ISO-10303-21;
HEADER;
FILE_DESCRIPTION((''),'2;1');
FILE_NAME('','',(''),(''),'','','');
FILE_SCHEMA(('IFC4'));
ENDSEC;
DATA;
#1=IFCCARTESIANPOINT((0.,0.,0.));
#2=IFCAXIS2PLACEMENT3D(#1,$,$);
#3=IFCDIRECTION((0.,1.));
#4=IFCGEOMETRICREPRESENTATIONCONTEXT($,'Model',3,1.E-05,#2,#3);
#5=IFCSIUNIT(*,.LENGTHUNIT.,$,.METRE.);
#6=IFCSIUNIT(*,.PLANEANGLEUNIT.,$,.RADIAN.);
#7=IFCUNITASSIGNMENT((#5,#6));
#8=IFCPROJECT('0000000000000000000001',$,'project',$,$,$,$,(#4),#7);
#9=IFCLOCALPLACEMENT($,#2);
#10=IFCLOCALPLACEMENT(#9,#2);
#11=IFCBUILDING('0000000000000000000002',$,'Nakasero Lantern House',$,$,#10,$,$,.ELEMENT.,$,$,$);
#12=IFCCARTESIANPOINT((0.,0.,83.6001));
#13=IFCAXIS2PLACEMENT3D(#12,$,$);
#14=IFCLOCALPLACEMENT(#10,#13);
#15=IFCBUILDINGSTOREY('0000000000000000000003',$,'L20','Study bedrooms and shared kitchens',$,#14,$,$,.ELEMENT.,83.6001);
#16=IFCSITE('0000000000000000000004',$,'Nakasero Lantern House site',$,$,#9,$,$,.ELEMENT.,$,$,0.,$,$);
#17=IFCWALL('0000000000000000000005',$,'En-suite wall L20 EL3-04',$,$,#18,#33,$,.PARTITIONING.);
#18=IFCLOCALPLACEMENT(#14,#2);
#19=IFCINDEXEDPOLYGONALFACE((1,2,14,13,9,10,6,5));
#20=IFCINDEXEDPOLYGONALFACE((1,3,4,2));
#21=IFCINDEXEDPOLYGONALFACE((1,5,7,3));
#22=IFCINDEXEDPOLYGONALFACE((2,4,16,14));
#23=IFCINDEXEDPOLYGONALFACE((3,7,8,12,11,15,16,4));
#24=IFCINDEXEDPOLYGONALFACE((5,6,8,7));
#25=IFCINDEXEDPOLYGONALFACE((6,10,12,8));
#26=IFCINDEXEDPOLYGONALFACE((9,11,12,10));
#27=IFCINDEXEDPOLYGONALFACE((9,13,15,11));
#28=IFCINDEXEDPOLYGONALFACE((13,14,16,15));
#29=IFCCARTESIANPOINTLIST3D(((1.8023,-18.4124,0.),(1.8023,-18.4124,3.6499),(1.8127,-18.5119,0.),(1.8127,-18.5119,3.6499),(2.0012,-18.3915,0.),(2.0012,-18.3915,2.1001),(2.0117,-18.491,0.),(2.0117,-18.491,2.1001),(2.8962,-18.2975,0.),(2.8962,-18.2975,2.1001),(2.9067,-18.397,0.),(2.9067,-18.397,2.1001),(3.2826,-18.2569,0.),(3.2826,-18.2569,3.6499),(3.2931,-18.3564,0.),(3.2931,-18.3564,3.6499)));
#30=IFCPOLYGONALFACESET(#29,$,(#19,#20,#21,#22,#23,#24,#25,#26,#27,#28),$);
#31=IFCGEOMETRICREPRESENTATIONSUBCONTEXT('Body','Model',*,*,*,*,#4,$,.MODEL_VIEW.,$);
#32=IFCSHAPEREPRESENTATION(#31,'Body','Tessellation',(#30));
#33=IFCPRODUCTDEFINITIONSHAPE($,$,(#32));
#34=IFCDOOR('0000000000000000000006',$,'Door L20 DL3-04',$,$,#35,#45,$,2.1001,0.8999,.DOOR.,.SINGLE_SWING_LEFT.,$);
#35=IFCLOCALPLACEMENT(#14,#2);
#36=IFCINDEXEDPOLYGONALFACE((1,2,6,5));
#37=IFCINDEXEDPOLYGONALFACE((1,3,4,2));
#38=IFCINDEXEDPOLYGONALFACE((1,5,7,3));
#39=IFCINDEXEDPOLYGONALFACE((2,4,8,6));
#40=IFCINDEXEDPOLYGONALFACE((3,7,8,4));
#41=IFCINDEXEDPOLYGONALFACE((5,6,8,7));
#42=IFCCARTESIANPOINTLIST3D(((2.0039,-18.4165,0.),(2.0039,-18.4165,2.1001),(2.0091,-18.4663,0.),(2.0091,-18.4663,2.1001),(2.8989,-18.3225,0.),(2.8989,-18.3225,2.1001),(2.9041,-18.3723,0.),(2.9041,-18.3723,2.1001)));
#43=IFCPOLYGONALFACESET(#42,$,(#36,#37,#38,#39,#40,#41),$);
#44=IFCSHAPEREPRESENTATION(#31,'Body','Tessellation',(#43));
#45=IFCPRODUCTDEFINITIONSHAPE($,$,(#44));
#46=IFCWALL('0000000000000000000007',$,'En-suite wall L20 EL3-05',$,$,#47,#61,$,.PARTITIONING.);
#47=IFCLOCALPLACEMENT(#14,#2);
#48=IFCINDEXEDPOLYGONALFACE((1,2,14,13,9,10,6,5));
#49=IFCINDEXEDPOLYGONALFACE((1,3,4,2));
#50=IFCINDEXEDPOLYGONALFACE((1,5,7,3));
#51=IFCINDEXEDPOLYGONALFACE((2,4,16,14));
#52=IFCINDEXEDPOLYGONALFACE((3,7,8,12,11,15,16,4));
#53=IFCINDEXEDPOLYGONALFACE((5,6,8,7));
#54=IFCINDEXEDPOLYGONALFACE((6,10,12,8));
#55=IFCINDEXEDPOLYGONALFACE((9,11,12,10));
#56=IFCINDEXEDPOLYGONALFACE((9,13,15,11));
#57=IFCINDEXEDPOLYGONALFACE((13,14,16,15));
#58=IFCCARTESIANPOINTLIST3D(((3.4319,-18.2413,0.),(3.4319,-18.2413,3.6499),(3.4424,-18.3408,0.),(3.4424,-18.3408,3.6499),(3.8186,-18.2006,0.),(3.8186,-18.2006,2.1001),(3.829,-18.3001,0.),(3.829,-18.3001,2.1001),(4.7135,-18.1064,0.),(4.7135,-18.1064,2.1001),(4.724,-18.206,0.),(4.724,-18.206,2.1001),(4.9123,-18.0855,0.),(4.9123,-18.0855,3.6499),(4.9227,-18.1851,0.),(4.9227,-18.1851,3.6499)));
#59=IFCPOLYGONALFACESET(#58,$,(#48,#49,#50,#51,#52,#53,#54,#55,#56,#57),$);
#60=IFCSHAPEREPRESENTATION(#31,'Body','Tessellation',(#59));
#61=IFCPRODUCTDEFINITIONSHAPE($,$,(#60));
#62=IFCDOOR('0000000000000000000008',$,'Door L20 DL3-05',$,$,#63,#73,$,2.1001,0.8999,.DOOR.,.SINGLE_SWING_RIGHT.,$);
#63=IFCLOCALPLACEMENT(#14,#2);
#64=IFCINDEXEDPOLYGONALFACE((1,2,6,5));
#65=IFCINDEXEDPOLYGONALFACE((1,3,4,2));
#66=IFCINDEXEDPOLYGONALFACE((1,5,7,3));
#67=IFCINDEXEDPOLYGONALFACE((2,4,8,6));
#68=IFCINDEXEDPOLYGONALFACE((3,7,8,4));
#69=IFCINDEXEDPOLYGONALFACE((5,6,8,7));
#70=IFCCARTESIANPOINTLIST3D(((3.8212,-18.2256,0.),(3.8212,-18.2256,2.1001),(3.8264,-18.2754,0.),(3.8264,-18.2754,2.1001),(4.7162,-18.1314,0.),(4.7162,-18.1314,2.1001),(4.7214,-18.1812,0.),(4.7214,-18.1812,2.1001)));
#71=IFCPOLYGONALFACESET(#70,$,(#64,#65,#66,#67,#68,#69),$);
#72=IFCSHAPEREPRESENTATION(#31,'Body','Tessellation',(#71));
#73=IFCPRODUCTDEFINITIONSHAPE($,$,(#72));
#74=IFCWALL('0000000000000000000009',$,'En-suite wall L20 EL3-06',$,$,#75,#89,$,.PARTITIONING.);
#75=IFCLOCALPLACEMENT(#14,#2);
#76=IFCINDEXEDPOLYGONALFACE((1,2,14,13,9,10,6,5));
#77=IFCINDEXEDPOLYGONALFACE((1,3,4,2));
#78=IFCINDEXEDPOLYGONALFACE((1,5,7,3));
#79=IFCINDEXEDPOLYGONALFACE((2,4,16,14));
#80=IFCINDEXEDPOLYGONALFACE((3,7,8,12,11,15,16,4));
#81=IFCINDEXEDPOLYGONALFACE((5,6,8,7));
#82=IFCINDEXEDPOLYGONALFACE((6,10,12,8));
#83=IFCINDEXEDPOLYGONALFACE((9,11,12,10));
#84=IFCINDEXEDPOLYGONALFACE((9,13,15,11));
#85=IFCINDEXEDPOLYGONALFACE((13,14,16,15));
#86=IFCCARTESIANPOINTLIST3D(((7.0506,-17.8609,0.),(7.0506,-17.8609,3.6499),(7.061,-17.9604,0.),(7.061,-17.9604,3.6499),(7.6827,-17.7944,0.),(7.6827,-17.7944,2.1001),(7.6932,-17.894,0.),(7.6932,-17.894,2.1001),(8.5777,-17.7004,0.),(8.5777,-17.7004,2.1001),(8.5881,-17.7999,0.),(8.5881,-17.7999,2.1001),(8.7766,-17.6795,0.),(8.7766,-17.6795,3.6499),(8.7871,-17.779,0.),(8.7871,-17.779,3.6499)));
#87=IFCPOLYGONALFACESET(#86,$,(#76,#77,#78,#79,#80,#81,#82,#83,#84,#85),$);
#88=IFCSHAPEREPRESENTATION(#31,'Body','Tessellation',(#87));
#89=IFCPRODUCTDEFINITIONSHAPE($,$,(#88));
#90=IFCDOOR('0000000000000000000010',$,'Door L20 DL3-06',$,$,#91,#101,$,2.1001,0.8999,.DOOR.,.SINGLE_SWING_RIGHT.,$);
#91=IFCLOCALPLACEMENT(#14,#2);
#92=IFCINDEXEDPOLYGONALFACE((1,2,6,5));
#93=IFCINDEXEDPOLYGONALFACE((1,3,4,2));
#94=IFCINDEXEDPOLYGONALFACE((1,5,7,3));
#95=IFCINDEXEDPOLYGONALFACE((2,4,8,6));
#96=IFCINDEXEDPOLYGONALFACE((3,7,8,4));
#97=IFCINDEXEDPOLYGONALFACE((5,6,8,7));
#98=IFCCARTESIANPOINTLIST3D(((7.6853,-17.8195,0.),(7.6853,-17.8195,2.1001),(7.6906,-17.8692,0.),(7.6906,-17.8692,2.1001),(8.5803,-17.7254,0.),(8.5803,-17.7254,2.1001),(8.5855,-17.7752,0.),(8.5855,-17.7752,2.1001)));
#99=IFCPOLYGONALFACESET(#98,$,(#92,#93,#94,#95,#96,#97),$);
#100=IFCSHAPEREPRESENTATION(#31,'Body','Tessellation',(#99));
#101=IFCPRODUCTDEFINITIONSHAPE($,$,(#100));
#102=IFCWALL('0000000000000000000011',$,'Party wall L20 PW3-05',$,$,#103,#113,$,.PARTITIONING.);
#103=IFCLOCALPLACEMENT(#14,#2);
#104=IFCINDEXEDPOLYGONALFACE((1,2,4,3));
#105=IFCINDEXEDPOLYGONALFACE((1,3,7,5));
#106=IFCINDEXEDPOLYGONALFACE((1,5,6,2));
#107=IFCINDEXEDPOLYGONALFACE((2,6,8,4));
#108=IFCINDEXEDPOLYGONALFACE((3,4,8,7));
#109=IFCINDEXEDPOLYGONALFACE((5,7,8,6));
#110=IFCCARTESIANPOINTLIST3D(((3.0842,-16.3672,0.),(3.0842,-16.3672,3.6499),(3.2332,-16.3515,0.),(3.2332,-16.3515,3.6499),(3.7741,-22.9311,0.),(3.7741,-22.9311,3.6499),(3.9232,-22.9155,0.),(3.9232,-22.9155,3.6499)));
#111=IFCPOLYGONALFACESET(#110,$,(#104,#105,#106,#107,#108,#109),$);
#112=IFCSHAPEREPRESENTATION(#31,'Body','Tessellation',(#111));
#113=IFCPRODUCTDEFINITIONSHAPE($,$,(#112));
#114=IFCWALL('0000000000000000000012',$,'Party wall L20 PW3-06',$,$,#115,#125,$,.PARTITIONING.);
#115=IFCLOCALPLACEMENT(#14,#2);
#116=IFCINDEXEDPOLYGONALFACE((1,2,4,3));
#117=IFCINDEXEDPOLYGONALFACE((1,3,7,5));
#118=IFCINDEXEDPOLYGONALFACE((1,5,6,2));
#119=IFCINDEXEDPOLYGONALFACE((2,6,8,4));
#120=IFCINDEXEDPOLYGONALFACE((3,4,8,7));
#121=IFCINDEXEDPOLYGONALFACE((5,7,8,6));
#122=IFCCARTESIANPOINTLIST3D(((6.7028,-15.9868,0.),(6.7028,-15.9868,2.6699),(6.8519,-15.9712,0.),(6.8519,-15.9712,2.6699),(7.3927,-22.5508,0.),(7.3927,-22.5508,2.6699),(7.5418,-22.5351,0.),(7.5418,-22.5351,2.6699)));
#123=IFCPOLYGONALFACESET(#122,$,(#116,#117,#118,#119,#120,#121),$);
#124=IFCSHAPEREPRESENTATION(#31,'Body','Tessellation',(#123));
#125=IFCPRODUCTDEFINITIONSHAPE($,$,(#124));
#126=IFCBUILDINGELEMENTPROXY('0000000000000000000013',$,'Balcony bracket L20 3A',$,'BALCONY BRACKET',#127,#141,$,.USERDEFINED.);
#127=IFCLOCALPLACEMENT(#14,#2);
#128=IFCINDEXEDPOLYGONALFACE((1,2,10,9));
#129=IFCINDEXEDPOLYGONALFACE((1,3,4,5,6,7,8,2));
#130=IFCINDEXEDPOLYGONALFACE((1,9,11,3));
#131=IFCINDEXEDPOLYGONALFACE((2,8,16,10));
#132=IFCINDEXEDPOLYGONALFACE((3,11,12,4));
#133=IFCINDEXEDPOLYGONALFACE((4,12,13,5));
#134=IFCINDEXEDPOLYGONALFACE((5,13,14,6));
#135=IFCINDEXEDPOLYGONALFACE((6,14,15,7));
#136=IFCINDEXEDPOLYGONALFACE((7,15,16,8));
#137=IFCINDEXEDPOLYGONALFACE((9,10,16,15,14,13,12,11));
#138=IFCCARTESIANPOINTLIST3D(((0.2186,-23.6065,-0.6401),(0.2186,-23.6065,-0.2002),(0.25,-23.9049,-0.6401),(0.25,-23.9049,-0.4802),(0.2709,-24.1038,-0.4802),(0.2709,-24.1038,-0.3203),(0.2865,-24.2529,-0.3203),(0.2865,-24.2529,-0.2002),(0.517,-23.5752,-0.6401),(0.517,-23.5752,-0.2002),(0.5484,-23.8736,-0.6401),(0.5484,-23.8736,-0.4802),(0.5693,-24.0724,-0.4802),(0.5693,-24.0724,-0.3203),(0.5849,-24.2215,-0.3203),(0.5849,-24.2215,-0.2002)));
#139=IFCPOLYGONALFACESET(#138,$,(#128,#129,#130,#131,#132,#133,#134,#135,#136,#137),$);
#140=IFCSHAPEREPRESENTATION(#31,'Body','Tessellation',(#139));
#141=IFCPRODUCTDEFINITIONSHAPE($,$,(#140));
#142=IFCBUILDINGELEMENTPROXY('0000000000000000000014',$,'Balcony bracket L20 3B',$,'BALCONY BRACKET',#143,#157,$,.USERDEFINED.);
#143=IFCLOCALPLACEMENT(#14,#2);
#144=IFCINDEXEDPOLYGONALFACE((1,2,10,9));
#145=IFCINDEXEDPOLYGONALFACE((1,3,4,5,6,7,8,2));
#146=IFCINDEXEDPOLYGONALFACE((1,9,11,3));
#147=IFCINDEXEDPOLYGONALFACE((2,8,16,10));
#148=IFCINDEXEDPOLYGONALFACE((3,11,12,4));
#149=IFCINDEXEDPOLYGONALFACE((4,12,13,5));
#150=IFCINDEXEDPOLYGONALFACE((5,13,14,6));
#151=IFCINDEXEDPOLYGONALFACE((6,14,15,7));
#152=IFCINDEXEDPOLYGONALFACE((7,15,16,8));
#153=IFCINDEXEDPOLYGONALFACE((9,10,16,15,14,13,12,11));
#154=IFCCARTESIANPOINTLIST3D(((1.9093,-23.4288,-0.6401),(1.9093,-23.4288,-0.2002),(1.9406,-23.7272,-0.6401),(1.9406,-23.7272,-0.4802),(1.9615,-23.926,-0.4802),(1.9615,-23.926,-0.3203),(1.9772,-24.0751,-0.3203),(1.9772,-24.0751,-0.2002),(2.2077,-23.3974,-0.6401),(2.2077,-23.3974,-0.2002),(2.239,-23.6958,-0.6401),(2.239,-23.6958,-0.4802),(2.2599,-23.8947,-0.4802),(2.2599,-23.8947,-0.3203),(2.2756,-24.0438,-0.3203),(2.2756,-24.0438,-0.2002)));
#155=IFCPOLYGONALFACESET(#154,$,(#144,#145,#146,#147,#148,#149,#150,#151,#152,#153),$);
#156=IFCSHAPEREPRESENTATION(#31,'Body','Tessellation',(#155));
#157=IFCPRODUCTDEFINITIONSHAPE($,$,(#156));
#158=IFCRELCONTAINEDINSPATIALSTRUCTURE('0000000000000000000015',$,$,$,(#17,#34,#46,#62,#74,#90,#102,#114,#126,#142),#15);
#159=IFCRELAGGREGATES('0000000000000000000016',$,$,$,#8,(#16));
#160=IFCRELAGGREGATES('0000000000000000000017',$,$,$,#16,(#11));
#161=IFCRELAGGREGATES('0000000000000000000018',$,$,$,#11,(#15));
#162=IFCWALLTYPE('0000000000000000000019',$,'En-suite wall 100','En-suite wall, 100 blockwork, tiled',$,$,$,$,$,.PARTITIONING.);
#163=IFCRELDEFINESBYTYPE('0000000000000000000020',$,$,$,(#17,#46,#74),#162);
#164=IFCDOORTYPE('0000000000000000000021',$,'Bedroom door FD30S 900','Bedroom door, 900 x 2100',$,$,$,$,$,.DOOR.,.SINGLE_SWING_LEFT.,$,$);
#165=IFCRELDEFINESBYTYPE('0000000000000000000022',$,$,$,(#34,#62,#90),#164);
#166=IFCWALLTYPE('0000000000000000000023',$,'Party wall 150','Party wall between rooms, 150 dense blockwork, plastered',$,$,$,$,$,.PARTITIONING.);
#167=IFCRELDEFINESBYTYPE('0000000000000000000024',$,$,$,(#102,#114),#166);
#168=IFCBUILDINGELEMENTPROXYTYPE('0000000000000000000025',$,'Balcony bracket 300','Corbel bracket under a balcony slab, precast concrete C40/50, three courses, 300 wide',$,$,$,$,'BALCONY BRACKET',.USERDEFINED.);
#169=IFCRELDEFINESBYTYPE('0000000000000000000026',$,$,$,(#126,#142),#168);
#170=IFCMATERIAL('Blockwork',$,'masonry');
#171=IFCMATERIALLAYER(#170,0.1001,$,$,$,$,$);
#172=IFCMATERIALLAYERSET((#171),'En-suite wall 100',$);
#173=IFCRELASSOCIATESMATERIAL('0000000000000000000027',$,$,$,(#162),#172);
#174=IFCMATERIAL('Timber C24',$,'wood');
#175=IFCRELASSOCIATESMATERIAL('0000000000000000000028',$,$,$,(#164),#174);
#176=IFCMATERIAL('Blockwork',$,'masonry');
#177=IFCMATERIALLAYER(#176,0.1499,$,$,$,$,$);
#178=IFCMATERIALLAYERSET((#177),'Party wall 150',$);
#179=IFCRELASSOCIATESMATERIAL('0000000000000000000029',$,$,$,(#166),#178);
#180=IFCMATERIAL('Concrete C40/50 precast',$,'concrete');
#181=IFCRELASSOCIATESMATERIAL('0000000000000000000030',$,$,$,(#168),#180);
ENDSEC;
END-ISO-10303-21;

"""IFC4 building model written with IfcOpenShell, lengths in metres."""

from ifc_helpers import new_model, si_unit, direction, frame, frame_2d, origin, place, context, subcontext, project, spatial, polyline, rectangle, outline, extrude, material, layer, layer_set, type_object, element, fill, save


model = new_model("IFC4")

# Units and contexts
model_context = context("Model", 3, precision=1e-05, world=origin(), true_north=direction((0.0, 1.0)))
body_context = subcontext(model_context, "Body", "Model", "MODEL_VIEW")
ifc_project = project(units=[si_unit("LENGTHUNIT", "METRE"), si_unit("PLANEANGLEUNIT", "RADIAN")], contexts=[model_context])

# Site, building, storey
site_placement = place(None, origin())
site = spatial("IfcSite", under=ifc_project, at=site_placement, Name="Nakasero Lantern House site", CompositionType="ELEMENT", RefElevation=0.0)
building_placement = place(site_placement, origin())
building = spatial("IfcBuilding", under=site, at=building_placement, Name="Nakasero Lantern House", CompositionType="ELEMENT")
storey_placement = place(building_placement, frame((0.0, 0.0, 83.6001)))
storey = spatial("IfcBuildingStorey", under=building, at=storey_placement, Name="L20", Description="Study bedrooms and shared kitchens", CompositionType="ELEMENT", Elevation=83.6001)

# Shared definitions
ifc_material_1 = material(Name="Blockwork", Category="masonry")
ifc_layer_1 = layer(ifc_material_1, 0.1001)
ifc_layer_set_1 = layer_set([ifc_layer_1], Name="En-suite wall 100")
wall_type_1 = type_object("IfcWallType", Name="En-suite wall 100", Description="En-suite wall, 100 blockwork, tiled", PredefinedType="PARTITIONING", material=ifc_layer_set_1)

# Walls, openings, doors
wall_1_placement = place(storey_placement, frame((1.8076, -18.4622, 0.0), z_axis=(0.0, 0.0, 1.0), x_axis=(0.994528, 0.104471, 0.0)))
wall_1 = element("IfcWall", 1, at=wall_1_placement, inside=storey, type_object=wall_type_1, Name="En-suite wall L20 EL3-04", PredefinedType="PARTITIONING", context=body_context, shape_type="SweptSolid", body=[
    extrude(rectangle(XDim=1.4885, YDim=0.1001, at=frame_2d((0.7441, 0.0))), origin(), (0.0, 0.0, 1.0), 3.6499),
])
opening_1_placement = place(wall_1_placement, frame((0.2, 0.0, 0.0)))
opening_1 = element("IfcOpeningElement", 2, at=opening_1_placement, cuts=wall_1, PredefinedType="OPENING", context=body_context, shape_type="SweptSolid", body=[
    extrude(rectangle(XDim=0.8999, YDim=2.1001, at=frame_2d((0.45, 1.05))), frame((0.0, 0.0701, 0.0), z_axis=(0.0, -1.0, 0.0), x_axis=(1.0, 0.0, 0.0)), (0.0, 0.0, 1.0), 0.1401),
])
ifc_material_2 = material(Name="Timber C24", Category="wood")
door_type_1 = type_object("IfcDoorType", Name="Bedroom door FD30S 900", Description="Bedroom door, 900 x 2100", OperationType="SINGLE_SWING_LEFT", PredefinedType="DOOR", material=ifc_material_2)
door_1_placement = place(opening_1_placement, origin())
door_1 = element("IfcDoor", 3, at=door_1_placement, inside=storey, type_object=door_type_1, Name="Door L20 DL3-04", OperationType="SINGLE_SWING_LEFT", OverallHeight=2.1001, OverallWidth=0.8999, PredefinedType="DOOR", context=body_context, shape_type="SweptSolid", body=[
    extrude(rectangle(XDim=0.8999, YDim=2.1001, at=frame_2d((0.45, 1.05))), frame((0.0, 0.0249, 0.0), z_axis=(0.0, -1.0, 0.0), x_axis=(1.0, 0.0, 0.0)), (0.0, 0.0, 1.0), 0.05),
])
fill(opening_1, door_1)
wall_2_placement = place(storey_placement, frame((3.4373, -18.291, 0.0), z_axis=(0.0, 0.0, 1.0), x_axis=(0.994511, 0.104634, 0.0)))
wall_2 = element("IfcWall", 4, at=wall_2_placement, inside=storey, type_object=wall_type_1, Name="En-suite wall L20 EL3-05", PredefinedType="PARTITIONING", context=body_context, shape_type="SweptSolid", body=[
    extrude(rectangle(XDim=1.4885, YDim=0.1001, at=frame_2d((0.7441, 0.0))), origin(), (0.0, 0.0, 1.0), 3.6499),
])
opening_2_placement = place(wall_2_placement, frame((0.3887, 0.0, 0.0)))
opening_2 = element("IfcOpeningElement", 5, at=opening_2_placement, cuts=wall_2, PredefinedType="OPENING", context=body_context, shape_type="SweptSolid", body=[
    extrude(rectangle(XDim=0.8999, YDim=2.1001, at=frame_2d((0.45, 1.05))), frame((0.0, 0.0701, 0.0), z_axis=(0.0, -1.0, 0.0), x_axis=(1.0, 0.0, 0.0)), (0.0, 0.0, 1.0), 0.1401),
])
door_2_placement = place(opening_2_placement, origin())
door_2 = element("IfcDoor", 6, at=door_2_placement, inside=storey, type_object=door_type_1, Name="Door L20 DL3-05", OperationType="SINGLE_SWING_RIGHT", OverallHeight=2.1001, OverallWidth=0.8999, PredefinedType="DOOR", context=body_context, shape_type="SweptSolid", body=[
    extrude(rectangle(XDim=0.8999, YDim=2.1001, at=frame_2d((0.45, 1.05))), frame((0.0, 0.0249, 0.0), z_axis=(0.0, -1.0, 0.0), x_axis=(1.0, 0.0, 0.0)), (0.0, 0.0, 1.0), 0.05),
])
fill(opening_2, door_2)
wall_3_placement = place(storey_placement, frame((7.0559, -17.9106, 0.0), z_axis=(0.0, 0.0, 1.0), x_axis=(0.994523, 0.104516, 0.0)))
wall_3 = element("IfcWall", 7, at=wall_3_placement, inside=storey, type_object=wall_type_1, Name="En-suite wall L20 EL3-06", PredefinedType="PARTITIONING", context=body_context, shape_type="SweptSolid", body=[
    extrude(rectangle(XDim=1.7356, YDim=0.1001, at=frame_2d((0.8677, 0.0))), origin(), (0.0, 0.0, 1.0), 3.6499),
])
opening_3_placement = place(wall_3_placement, frame((0.6355, 0.0, 0.0)))
opening_3 = element("IfcOpeningElement", 8, at=opening_3_placement, cuts=wall_3, PredefinedType="OPENING", context=body_context, shape_type="SweptSolid", body=[
    extrude(rectangle(XDim=0.8999, YDim=2.1001, at=frame_2d((0.45, 1.05))), frame((0.0, 0.0701, 0.0), z_axis=(0.0, -1.0, 0.0), x_axis=(1.0, 0.0, 0.0)), (0.0, 0.0, 1.0), 0.1401),
])
door_3_placement = place(opening_3_placement, origin())
door_3 = element("IfcDoor", 9, at=door_3_placement, inside=storey, type_object=door_type_1, Name="Door L20 DL3-06", OperationType="SINGLE_SWING_RIGHT", OverallHeight=2.1001, OverallWidth=0.8999, PredefinedType="DOOR", context=body_context, shape_type="SweptSolid", body=[
    extrude(rectangle(XDim=0.8999, YDim=2.1001, at=frame_2d((0.45, 1.05))), frame((0.0, 0.0249, 0.0), z_axis=(0.0, -1.0, 0.0), x_axis=(1.0, 0.0, 0.0)), (0.0, 0.0, 1.0), 0.05),
])
fill(opening_3, door_3)

# Walls
ifc_material_3 = material(Name="Blockwork", Category="masonry")
ifc_layer_2 = layer(ifc_material_3, 0.1499)
ifc_layer_set_2 = layer_set([ifc_layer_2], Name="Party wall 150")
wall_type_2 = type_object("IfcWallType", Name="Party wall 150", Description="Party wall between rooms, 150 dense blockwork, plastered", PredefinedType="PARTITIONING", material=ifc_layer_set_2)
wall_4_placement = place(storey_placement, frame((3.1587, -16.3594, 0.0), z_axis=(0.0, 0.0, 1.0), x_axis=(0.104535, -0.994521, 0.0)))
element("IfcWall", 10, at=wall_4_placement, inside=storey, type_object=wall_type_2, Name="Party wall L20 PW3-05", PredefinedType="PARTITIONING", context=body_context, shape_type="SweptSolid", body=[
    extrude(rectangle(XDim=6.6001, YDim=0.1499, at=frame_2d((3.3, 0.0))), origin(), (0.0, 0.0, 1.0), 3.6499),
])
wall_5_placement = place(storey_placement, frame((6.7773, -15.979, 0.0), z_axis=(0.0, 0.0, 1.0), x_axis=(0.104535, -0.994521, 0.0)))
element("IfcWall", 11, at=wall_5_placement, inside=storey, type_object=wall_type_2, Name="Party wall L20 PW3-06", PredefinedType="PARTITIONING", context=body_context, shape_type="SweptSolid", body=[
    extrude(rectangle(XDim=6.6001, YDim=0.1499, at=frame_2d((3.3, 0.0))), origin(), (0.0, 0.0, 1.0), 2.6699),
])

# Building element proxies
ifc_material_4 = material(Name="Concrete C40/50 precast", Category="concrete")
building_element_proxy_type = type_object("IfcBuildingElementProxyType", Name="Balcony bracket 300", Description="Corbel bracket under a balcony slab, precast concrete C40/50, three courses, 300 wide", ElementType="BALCONY BRACKET", PredefinedType="USERDEFINED", material=ifc_material_4)
for number, where, z_axis, x_axis, name in (
    (12, (0.3679, -23.5908, -0.2002), (0.0, 0.0, 1.0), (0.104528, -0.994522, 0.0), "Balcony bracket L20 3A"),
    (13, (2.0586, -23.4131, -0.2002), (0.0, 0.0, 1.0), (0.104528, -0.994522, 0.0), "Balcony bracket L20 3B"),
):
    element("IfcBuildingElementProxy", number, at=place(storey_placement, frame(where, z_axis=z_axis, x_axis=x_axis)), inside=storey, type_object=building_element_proxy_type, Name=name, ObjectType="BALCONY BRACKET", PredefinedType="USERDEFINED", context=body_context, shape_type="SweptSolid", body=[
        extrude(outline(polyline([(0.0, 0.0), (0.6499, 0.0), (0.6499, -0.1201), (0.5, -0.1201), (0.5, -0.28), (0.3, -0.28), (0.3, -0.4399), (0.0, -0.4399), (0.0, 0.0)])), frame((0.0, 0.1499, 0.0), z_axis=(0.0, -1.0, 0.0), x_axis=(1.0, 0.0, 0.0)), (0.0, 0.0, 1.0), 0.3),
    ])

save(model, "model.ifc")
